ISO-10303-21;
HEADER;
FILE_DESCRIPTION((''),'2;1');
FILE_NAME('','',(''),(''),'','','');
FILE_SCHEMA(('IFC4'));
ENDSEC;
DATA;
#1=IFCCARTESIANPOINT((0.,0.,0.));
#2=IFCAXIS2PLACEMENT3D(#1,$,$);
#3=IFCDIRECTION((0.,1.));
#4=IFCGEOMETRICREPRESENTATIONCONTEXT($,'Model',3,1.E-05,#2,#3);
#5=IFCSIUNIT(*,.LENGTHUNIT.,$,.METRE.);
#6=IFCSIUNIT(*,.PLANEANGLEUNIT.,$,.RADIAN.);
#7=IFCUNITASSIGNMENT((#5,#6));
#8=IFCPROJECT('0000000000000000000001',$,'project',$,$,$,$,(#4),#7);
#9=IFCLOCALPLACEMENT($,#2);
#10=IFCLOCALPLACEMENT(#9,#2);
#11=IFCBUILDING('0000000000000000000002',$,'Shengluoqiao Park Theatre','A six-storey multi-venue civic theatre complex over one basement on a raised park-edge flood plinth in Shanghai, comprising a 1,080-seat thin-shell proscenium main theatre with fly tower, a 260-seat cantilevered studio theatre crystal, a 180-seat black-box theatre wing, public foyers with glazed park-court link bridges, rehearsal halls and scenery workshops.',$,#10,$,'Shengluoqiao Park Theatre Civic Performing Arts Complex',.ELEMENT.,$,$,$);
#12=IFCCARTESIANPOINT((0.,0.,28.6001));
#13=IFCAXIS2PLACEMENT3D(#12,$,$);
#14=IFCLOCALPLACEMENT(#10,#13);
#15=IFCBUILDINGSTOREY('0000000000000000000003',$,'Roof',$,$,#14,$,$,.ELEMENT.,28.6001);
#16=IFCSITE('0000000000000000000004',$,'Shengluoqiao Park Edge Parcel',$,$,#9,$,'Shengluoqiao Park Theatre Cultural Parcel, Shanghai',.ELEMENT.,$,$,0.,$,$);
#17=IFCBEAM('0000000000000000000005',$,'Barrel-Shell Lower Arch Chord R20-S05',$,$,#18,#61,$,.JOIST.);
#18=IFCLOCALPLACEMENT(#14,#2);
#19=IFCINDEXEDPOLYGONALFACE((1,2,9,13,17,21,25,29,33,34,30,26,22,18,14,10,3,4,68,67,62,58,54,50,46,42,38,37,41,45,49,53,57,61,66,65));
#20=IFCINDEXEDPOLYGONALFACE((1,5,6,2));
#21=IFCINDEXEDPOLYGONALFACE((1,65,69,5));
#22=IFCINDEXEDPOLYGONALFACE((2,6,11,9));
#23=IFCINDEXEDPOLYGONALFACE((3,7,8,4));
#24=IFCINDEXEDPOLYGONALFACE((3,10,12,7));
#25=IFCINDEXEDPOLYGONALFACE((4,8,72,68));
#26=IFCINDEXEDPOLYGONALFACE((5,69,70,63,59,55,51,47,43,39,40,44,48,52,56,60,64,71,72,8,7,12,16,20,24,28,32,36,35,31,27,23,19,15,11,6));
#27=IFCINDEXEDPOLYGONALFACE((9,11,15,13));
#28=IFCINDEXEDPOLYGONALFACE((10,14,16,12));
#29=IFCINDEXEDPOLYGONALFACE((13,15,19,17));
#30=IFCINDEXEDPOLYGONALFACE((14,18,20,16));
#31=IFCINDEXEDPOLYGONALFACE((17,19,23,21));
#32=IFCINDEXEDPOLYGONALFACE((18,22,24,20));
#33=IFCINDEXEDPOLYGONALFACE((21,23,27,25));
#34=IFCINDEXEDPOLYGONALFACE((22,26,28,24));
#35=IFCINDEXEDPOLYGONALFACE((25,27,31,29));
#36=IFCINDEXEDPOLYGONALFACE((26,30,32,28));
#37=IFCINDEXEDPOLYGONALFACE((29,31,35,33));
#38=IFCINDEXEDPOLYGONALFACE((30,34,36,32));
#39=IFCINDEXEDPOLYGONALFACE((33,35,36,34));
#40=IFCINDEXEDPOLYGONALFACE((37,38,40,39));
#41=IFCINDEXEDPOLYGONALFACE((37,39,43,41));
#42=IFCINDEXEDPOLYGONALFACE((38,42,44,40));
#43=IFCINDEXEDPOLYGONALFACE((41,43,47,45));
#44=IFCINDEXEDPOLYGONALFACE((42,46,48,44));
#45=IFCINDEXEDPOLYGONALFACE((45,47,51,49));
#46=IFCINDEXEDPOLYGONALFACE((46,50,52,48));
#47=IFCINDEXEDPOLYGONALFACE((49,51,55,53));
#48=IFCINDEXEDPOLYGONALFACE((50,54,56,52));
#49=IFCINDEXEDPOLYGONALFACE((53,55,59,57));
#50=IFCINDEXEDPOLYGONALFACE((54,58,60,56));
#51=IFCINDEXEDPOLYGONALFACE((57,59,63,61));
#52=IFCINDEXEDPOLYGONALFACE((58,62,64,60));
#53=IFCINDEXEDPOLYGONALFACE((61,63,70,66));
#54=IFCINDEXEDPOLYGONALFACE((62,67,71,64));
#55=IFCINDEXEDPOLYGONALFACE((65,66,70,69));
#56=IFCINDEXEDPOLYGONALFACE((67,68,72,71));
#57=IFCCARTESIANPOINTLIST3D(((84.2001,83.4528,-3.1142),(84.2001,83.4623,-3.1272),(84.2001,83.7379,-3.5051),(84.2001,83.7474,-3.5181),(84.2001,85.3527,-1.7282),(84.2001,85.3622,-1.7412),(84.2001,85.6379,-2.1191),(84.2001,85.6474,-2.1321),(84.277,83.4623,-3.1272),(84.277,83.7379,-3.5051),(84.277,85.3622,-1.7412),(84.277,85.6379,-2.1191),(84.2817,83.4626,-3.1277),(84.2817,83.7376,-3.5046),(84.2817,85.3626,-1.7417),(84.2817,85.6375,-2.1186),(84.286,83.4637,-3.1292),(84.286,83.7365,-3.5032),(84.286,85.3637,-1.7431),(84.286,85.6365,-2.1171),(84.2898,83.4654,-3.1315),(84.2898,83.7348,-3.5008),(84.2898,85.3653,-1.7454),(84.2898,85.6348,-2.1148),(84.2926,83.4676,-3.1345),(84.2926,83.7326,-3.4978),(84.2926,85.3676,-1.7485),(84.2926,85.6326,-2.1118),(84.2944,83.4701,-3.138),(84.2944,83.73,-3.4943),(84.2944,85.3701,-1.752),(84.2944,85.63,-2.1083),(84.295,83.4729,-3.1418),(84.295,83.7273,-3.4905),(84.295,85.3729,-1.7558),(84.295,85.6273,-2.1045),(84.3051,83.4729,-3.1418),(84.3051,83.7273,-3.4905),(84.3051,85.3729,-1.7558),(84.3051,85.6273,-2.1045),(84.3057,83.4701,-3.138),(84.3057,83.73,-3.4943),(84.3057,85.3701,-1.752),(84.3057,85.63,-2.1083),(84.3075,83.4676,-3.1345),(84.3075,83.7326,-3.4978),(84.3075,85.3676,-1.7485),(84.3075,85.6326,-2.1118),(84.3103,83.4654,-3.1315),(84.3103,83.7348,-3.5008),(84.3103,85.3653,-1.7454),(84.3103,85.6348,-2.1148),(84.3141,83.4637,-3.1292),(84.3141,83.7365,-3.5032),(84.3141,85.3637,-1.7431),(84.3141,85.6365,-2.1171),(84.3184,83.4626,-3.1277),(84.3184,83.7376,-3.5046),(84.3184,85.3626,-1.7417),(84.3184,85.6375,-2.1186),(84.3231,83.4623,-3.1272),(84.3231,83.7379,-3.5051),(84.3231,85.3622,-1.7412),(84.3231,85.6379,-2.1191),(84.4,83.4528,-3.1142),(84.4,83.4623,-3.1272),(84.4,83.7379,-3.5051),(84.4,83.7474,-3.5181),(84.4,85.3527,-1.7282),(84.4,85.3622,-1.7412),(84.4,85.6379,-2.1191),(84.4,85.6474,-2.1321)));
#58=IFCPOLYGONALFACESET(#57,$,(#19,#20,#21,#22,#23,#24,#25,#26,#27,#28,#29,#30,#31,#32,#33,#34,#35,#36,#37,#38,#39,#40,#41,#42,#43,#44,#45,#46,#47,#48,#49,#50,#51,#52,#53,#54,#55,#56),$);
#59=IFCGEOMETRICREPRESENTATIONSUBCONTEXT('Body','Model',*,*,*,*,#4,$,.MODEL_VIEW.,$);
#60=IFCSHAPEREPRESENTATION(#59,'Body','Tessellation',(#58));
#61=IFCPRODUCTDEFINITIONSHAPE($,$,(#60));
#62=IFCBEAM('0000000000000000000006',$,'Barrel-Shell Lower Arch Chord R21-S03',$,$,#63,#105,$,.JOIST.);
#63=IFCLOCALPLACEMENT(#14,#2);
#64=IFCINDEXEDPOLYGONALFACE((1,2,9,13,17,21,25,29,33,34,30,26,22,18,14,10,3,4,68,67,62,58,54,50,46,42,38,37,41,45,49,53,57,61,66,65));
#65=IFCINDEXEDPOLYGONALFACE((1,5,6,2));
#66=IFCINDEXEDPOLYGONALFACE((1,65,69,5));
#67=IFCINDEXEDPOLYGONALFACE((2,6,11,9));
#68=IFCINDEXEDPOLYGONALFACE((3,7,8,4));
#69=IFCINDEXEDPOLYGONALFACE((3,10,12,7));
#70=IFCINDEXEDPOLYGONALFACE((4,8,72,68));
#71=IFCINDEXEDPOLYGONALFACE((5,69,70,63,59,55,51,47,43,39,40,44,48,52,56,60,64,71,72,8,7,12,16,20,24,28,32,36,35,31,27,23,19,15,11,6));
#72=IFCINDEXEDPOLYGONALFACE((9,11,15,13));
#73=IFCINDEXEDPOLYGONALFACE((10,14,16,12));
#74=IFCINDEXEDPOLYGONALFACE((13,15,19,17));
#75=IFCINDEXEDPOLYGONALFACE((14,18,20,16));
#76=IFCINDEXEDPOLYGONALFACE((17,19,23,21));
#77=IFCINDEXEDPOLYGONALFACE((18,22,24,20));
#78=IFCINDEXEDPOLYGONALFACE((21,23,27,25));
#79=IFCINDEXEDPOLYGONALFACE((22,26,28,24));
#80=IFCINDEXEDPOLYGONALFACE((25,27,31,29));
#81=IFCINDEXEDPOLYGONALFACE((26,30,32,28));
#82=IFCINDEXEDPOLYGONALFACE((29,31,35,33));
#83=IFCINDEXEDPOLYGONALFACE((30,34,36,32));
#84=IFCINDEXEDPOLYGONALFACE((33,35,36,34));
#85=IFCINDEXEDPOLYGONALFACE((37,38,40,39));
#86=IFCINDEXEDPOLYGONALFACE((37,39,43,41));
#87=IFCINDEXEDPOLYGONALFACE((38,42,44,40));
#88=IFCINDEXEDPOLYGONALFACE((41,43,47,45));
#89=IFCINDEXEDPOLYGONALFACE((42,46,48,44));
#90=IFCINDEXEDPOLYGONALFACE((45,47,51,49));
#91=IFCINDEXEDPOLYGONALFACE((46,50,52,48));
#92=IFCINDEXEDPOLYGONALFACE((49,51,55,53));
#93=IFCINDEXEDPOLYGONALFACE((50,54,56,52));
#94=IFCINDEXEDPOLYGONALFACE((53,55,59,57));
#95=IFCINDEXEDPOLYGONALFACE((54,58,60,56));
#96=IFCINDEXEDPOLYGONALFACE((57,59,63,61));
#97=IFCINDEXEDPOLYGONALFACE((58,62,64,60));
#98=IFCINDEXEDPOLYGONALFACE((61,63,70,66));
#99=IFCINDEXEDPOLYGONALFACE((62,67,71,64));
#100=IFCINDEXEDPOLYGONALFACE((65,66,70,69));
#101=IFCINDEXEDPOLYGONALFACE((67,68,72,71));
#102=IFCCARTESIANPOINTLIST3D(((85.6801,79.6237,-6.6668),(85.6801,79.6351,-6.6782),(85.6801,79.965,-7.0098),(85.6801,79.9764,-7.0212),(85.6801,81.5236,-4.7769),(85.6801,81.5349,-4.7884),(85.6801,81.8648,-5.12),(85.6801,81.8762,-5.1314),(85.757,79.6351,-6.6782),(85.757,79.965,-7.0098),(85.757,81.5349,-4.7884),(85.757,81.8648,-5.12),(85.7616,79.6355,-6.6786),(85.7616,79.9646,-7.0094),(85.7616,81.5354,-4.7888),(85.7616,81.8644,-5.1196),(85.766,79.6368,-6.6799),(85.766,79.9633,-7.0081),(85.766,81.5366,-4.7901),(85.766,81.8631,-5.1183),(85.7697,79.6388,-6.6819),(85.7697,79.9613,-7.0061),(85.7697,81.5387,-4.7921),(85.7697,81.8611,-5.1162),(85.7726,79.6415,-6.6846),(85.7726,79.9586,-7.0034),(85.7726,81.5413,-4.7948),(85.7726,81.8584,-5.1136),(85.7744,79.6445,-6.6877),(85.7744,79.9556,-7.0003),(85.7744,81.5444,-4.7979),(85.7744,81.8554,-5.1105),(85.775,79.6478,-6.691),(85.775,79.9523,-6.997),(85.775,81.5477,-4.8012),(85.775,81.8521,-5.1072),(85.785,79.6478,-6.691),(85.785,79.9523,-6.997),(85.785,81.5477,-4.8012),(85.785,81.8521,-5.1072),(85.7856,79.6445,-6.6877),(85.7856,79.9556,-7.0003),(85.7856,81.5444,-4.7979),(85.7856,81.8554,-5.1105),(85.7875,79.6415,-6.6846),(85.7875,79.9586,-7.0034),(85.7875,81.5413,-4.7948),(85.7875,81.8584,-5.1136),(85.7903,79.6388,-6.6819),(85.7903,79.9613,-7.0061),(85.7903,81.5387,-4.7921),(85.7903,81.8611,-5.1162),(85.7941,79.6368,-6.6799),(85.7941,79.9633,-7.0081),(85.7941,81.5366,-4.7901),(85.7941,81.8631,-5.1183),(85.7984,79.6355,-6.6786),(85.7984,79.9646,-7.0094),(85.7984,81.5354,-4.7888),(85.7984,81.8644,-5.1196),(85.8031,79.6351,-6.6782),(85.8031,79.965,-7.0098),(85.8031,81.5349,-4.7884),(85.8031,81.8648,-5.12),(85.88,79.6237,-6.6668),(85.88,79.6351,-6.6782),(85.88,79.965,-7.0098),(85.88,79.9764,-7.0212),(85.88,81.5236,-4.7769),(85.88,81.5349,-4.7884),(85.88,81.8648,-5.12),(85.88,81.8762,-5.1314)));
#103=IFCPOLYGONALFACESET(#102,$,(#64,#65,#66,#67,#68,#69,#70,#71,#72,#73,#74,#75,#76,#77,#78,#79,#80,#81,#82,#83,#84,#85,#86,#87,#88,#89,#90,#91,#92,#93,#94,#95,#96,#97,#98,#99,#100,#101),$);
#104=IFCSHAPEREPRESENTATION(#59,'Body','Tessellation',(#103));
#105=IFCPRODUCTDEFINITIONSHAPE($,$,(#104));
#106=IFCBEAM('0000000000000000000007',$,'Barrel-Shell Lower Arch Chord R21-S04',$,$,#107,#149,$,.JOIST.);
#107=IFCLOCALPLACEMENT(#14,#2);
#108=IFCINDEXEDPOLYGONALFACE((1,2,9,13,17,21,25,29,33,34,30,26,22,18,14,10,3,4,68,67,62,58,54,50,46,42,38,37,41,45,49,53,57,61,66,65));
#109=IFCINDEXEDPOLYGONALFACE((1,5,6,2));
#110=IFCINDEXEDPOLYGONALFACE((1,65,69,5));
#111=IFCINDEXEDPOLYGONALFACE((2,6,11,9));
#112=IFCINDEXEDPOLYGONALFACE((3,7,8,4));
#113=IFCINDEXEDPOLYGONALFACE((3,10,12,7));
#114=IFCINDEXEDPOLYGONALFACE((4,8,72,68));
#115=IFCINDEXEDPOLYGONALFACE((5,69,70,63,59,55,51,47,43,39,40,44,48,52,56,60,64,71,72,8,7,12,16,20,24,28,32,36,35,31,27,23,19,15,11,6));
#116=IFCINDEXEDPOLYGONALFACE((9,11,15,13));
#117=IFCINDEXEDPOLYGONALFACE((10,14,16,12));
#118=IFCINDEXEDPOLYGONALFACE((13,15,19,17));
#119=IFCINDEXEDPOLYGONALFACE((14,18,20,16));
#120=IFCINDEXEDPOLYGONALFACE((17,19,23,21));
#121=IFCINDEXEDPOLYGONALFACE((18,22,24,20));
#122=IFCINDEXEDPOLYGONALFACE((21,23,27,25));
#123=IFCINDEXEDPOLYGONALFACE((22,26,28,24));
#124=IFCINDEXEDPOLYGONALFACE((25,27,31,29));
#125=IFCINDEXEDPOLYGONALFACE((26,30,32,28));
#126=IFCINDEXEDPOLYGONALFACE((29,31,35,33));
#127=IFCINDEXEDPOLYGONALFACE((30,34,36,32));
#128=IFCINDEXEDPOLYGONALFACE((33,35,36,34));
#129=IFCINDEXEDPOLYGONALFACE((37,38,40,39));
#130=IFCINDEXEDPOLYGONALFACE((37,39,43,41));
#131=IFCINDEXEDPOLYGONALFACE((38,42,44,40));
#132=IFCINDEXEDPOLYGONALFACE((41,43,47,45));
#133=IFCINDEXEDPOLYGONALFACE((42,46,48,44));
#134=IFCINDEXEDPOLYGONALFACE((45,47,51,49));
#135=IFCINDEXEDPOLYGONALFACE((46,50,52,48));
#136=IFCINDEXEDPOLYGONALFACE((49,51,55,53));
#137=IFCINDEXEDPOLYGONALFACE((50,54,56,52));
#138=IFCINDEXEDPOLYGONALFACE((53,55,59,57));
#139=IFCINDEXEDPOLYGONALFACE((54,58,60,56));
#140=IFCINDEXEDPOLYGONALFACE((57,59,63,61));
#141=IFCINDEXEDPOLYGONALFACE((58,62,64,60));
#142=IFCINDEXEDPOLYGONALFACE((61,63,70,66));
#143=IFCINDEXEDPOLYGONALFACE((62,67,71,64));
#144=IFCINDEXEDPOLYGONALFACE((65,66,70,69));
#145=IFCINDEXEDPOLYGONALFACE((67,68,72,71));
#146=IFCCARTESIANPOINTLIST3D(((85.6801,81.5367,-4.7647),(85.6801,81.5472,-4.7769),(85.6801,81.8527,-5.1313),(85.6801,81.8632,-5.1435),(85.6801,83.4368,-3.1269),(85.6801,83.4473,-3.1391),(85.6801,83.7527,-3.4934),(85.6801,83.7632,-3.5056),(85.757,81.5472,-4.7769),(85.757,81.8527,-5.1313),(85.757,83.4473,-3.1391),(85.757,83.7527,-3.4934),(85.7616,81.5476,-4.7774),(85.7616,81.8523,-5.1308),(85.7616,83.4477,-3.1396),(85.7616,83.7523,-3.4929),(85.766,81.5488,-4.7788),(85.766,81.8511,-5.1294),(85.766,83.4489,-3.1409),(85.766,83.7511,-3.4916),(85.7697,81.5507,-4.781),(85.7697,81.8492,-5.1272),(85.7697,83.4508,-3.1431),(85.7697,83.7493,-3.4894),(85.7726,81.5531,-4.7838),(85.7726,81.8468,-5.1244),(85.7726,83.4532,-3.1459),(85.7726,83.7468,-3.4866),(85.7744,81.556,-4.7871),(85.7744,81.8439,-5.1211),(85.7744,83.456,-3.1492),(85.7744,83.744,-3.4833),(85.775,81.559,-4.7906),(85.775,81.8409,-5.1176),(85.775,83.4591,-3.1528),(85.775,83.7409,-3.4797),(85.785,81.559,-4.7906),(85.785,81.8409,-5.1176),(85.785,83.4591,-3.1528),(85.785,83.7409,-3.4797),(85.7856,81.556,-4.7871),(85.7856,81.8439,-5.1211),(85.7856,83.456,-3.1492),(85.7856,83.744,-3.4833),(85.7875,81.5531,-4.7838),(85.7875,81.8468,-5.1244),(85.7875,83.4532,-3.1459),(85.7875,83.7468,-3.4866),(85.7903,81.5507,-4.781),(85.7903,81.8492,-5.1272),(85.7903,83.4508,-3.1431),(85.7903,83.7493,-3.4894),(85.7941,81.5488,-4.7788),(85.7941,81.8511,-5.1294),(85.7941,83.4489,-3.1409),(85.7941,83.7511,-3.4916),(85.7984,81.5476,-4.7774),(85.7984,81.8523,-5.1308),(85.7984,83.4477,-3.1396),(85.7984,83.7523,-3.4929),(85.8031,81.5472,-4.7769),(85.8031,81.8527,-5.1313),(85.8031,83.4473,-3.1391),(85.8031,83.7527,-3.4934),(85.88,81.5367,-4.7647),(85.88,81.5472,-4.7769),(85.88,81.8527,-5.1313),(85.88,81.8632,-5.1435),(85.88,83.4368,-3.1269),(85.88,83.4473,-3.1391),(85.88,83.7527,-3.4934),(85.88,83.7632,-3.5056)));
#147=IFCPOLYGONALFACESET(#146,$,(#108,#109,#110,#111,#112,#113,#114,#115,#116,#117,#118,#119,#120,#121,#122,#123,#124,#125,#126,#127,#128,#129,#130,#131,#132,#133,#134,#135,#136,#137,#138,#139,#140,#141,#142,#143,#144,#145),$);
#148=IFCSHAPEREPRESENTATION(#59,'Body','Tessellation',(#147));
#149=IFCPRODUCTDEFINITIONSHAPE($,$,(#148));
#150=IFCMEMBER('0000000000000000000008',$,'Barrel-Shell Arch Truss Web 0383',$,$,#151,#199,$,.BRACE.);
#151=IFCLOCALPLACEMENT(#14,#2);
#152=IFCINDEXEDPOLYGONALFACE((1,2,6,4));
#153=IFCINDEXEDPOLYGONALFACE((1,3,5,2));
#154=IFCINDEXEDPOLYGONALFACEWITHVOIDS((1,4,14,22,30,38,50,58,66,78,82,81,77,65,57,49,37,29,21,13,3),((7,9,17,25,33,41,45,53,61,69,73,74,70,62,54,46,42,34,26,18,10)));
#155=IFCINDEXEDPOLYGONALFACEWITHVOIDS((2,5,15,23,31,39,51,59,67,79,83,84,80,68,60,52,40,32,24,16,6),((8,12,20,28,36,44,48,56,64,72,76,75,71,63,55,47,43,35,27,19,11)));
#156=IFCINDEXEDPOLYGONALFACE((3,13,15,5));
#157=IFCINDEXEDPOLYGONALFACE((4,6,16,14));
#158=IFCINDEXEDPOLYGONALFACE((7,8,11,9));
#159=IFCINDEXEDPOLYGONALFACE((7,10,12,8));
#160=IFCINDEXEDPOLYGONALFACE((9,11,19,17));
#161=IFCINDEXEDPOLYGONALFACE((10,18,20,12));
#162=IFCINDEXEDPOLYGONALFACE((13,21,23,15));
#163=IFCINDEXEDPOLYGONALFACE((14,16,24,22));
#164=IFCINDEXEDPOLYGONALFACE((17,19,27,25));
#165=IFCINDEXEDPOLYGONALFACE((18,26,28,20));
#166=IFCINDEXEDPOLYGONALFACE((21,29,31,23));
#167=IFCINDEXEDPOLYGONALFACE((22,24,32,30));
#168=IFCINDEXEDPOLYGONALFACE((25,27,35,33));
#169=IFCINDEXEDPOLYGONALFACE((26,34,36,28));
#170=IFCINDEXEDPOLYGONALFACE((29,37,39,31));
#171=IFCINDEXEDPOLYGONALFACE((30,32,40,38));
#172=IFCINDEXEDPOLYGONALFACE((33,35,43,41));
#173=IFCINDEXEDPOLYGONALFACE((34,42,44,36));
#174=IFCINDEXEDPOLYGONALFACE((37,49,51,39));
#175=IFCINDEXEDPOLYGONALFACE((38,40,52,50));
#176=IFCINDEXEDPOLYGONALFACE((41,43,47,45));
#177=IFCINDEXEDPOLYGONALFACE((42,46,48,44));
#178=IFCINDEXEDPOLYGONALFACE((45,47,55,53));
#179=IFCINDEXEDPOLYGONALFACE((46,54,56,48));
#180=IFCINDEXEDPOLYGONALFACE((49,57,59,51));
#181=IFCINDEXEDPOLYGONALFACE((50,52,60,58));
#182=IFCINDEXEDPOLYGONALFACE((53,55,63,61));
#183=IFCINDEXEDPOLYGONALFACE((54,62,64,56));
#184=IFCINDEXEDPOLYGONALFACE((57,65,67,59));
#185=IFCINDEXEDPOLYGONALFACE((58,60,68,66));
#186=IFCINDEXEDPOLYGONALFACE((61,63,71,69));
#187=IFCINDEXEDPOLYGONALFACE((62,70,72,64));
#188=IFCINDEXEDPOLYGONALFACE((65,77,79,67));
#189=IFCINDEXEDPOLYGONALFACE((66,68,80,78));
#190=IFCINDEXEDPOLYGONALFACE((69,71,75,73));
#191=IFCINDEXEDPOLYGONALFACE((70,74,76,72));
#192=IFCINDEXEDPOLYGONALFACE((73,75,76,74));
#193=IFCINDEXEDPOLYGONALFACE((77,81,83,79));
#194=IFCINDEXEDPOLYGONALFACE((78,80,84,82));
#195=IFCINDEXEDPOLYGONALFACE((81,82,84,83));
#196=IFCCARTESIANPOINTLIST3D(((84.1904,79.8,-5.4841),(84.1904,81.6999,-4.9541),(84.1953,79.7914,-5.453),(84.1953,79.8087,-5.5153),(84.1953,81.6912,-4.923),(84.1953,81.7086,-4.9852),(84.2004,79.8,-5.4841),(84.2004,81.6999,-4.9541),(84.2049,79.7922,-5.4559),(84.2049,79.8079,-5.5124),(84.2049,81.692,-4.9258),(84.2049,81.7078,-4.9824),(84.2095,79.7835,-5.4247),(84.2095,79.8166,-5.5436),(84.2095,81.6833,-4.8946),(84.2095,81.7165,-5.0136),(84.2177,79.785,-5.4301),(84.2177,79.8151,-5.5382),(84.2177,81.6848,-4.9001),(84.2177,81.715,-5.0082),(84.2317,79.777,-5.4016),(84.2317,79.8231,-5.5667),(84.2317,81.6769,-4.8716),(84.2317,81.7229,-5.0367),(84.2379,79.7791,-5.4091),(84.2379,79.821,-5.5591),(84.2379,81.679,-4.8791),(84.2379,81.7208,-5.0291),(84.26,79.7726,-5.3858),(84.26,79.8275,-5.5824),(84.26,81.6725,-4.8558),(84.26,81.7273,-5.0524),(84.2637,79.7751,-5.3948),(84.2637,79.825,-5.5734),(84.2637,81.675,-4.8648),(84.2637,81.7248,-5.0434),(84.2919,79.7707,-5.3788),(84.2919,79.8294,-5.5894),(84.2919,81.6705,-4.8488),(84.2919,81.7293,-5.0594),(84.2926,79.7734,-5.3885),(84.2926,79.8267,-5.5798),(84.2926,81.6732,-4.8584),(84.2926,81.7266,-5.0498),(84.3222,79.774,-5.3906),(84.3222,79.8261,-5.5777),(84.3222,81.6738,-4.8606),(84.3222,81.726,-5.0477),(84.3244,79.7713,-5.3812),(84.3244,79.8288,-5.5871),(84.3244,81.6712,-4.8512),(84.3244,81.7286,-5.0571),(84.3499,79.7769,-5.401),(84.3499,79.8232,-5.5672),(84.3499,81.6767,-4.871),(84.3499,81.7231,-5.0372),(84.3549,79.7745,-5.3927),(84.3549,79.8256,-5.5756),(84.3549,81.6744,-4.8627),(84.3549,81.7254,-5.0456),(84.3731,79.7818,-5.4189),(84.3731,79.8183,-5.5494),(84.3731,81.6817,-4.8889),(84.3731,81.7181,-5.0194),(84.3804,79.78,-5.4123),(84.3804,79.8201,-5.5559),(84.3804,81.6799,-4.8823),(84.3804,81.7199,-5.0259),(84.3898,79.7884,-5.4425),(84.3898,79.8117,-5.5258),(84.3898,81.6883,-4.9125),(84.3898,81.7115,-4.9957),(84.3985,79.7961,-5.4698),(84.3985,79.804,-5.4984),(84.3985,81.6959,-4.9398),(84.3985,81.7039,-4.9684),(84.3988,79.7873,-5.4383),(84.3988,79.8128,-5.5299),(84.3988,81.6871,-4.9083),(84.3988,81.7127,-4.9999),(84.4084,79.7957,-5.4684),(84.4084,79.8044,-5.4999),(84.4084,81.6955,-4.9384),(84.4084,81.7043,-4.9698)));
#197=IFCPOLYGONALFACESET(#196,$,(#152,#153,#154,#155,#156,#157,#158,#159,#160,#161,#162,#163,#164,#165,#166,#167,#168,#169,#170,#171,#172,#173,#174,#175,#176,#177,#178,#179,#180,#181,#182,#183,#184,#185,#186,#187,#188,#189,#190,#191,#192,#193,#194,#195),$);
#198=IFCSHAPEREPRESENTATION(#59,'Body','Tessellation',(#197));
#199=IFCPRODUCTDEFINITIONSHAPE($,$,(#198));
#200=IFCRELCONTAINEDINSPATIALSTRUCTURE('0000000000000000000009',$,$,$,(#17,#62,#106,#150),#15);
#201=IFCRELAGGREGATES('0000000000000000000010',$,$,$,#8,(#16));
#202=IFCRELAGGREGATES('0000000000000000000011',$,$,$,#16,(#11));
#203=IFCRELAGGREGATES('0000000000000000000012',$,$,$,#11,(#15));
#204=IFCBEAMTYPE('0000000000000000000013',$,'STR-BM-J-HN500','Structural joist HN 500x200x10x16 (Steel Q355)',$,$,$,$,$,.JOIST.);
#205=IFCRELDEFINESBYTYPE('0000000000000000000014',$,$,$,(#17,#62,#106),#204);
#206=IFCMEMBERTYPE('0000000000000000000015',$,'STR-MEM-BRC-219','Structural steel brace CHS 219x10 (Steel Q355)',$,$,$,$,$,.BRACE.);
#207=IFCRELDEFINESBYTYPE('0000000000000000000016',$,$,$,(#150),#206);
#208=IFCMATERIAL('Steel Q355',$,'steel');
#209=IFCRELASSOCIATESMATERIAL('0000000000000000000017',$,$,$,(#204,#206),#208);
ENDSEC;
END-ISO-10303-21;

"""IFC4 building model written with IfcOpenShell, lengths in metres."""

from ifc_helpers import new_model, si_unit, direction, frame, origin, origin_2d, place, context, subcontext, project, spatial, hollow_circle, i_section, extrude, material, material_profile, profile_set, type_object, element, save


model = new_model("IFC4")

# Units and contexts
model_context = context("Model", 3, precision=1e-05, world=origin(), true_north=direction((0.0, 1.0)))
body_context = subcontext(model_context, "Body", "Model", "MODEL_VIEW")
ifc_project = project(units=[si_unit("LENGTHUNIT", "METRE"), si_unit("PLANEANGLEUNIT", "RADIAN")], contexts=[model_context])

# Site, building, storey
site_placement = place(None, origin())
site = spatial("IfcSite", under=ifc_project, at=site_placement, Name="Shengluoqiao Park Edge Parcel", LongName="Shengluoqiao Park Theatre Cultural Parcel, Shanghai", CompositionType="ELEMENT", RefElevation=0.0)
building_placement = place(site_placement, origin())
building = spatial("IfcBuilding", under=site, at=building_placement, Name="Shengluoqiao Park Theatre", Description="A six-storey multi-venue civic theatre complex over one basement on a raised park-edge flood plinth in Shanghai, comprising a 1,080-seat thin-shell proscenium main theatre with fly tower, a 260-seat cantilevered studio theatre crystal, a 180-seat black-box theatre wing, public foyers with glazed park-court link bridges, rehearsal halls and scenery workshops.", LongName="Shengluoqiao Park Theatre Civic Performing Arts Complex", CompositionType="ELEMENT")
storey_placement = place(building_placement, frame((0.0, 0.0, 28.6001)))
storey = spatial("IfcBuildingStorey", under=building, at=storey_placement, Name="Roof", CompositionType="ELEMENT", Elevation=28.6001)

# Beams
ifc_material_1 = material(Name="Steel Q355", Category="steel")
ifc_material_profile_1 = material_profile(ifc_material_1, i_section(OverallWidth=0.2, OverallDepth=0.5, WebThickness=0.01, FlangeThickness=0.0161, FilletRadius=0.0181, at=origin_2d()), Name="HN 500x200x10x16")
ifc_profile_set_1 = profile_set([ifc_material_profile_1], Name="Steel Q355")
beam_type_1 = type_object("IfcBeamType", Name="STR-BM-J-HN500", Description="Structural joist HN 500x200x10x16 (Steel Q355)", PredefinedType="JOIST", material=ifc_profile_set_1)
beam_1_placement = place(storey_placement, frame((84.3, 83.6001, -3.3162), z_axis=(0.0, 0.807878, 0.58935), x_axis=(-1.0, 0.0, 0.0)))
element("IfcBeam", 1, at=beam_1_placement, inside=storey, type_object=beam_type_1, Name="Barrel-Shell Lower Arch Chord R20-S05", PredefinedType="JOIST", context=body_context, shape_type="SweptSolid", body=[
    extrude(i_section(OverallWidth=0.2, OverallDepth=0.5, WebThickness=0.01, FlangeThickness=0.0161, FilletRadius=0.0181, at=origin_2d()), origin(), (0.0, 0.0, 1.0), 2.3518),
])
beam_2_placement = place(storey_placement, frame((85.78, 79.8, -6.844), z_axis=(0.0, 0.708972, 0.705237), x_axis=(-1.0, 0.0, 0.0)))
element("IfcBeam", 2, at=beam_2_placement, inside=storey, type_object=beam_type_1, Name="Barrel-Shell Lower Arch Chord R21-S03", PredefinedType="JOIST", context=body_context, shape_type="SweptSolid", body=[
    extrude(i_section(OverallWidth=0.2, OverallDepth=0.5, WebThickness=0.01, FlangeThickness=0.0161, FilletRadius=0.0181, at=origin_2d()), origin(), (0.0, 0.0, 1.0), 2.6797),
])
beam_3_placement = place(storey_placement, frame((85.78, 81.7, -4.9541), z_axis=(0.0, 0.757433, 0.652913), x_axis=(-1.0, 0.0, 0.0)))
element("IfcBeam", 3, at=beam_3_placement, inside=storey, type_object=beam_type_1, Name="Barrel-Shell Lower Arch Chord R21-S04", PredefinedType="JOIST", context=body_context, shape_type="SweptSolid", body=[
    extrude(i_section(OverallWidth=0.2, OverallDepth=0.5, WebThickness=0.01, FlangeThickness=0.0161, FilletRadius=0.0181, at=origin_2d()), origin(), (0.0, 0.0, 1.0), 2.5085),
])

# Member
ifc_material_profile_2 = material_profile(ifc_material_1, hollow_circle(Radius=0.1096, WallThickness=0.01, at=origin_2d()), Name="CHS 219x10")
ifc_profile_set_2 = profile_set([ifc_material_profile_2], Name="Steel Q355")
member_type_1 = type_object("IfcMemberType", Name="STR-MEM-BRC-219", Description="Structural steel brace CHS 219x10 (Steel Q355)", PredefinedType="BRACE", material=ifc_profile_set_2)
member_1_placement = place(storey_placement, frame((84.3, 79.8, -5.4841), z_axis=(0.0, 0.963219, 0.268716), x_axis=(-1.0, 0.0, 0.0)))
element("IfcMember", 4, at=member_1_placement, inside=storey, type_object=member_type_1, Name="Barrel-Shell Arch Truss Web 0383", PredefinedType="BRACE", context=body_context, shape_type="SweptSolid", body=[
    extrude(hollow_circle(Radius=0.1096, WallThickness=0.01, at=origin_2d()), origin(), (0.0, 0.0, 1.0), 1.9724),
])

save(model, "model.ifc")
